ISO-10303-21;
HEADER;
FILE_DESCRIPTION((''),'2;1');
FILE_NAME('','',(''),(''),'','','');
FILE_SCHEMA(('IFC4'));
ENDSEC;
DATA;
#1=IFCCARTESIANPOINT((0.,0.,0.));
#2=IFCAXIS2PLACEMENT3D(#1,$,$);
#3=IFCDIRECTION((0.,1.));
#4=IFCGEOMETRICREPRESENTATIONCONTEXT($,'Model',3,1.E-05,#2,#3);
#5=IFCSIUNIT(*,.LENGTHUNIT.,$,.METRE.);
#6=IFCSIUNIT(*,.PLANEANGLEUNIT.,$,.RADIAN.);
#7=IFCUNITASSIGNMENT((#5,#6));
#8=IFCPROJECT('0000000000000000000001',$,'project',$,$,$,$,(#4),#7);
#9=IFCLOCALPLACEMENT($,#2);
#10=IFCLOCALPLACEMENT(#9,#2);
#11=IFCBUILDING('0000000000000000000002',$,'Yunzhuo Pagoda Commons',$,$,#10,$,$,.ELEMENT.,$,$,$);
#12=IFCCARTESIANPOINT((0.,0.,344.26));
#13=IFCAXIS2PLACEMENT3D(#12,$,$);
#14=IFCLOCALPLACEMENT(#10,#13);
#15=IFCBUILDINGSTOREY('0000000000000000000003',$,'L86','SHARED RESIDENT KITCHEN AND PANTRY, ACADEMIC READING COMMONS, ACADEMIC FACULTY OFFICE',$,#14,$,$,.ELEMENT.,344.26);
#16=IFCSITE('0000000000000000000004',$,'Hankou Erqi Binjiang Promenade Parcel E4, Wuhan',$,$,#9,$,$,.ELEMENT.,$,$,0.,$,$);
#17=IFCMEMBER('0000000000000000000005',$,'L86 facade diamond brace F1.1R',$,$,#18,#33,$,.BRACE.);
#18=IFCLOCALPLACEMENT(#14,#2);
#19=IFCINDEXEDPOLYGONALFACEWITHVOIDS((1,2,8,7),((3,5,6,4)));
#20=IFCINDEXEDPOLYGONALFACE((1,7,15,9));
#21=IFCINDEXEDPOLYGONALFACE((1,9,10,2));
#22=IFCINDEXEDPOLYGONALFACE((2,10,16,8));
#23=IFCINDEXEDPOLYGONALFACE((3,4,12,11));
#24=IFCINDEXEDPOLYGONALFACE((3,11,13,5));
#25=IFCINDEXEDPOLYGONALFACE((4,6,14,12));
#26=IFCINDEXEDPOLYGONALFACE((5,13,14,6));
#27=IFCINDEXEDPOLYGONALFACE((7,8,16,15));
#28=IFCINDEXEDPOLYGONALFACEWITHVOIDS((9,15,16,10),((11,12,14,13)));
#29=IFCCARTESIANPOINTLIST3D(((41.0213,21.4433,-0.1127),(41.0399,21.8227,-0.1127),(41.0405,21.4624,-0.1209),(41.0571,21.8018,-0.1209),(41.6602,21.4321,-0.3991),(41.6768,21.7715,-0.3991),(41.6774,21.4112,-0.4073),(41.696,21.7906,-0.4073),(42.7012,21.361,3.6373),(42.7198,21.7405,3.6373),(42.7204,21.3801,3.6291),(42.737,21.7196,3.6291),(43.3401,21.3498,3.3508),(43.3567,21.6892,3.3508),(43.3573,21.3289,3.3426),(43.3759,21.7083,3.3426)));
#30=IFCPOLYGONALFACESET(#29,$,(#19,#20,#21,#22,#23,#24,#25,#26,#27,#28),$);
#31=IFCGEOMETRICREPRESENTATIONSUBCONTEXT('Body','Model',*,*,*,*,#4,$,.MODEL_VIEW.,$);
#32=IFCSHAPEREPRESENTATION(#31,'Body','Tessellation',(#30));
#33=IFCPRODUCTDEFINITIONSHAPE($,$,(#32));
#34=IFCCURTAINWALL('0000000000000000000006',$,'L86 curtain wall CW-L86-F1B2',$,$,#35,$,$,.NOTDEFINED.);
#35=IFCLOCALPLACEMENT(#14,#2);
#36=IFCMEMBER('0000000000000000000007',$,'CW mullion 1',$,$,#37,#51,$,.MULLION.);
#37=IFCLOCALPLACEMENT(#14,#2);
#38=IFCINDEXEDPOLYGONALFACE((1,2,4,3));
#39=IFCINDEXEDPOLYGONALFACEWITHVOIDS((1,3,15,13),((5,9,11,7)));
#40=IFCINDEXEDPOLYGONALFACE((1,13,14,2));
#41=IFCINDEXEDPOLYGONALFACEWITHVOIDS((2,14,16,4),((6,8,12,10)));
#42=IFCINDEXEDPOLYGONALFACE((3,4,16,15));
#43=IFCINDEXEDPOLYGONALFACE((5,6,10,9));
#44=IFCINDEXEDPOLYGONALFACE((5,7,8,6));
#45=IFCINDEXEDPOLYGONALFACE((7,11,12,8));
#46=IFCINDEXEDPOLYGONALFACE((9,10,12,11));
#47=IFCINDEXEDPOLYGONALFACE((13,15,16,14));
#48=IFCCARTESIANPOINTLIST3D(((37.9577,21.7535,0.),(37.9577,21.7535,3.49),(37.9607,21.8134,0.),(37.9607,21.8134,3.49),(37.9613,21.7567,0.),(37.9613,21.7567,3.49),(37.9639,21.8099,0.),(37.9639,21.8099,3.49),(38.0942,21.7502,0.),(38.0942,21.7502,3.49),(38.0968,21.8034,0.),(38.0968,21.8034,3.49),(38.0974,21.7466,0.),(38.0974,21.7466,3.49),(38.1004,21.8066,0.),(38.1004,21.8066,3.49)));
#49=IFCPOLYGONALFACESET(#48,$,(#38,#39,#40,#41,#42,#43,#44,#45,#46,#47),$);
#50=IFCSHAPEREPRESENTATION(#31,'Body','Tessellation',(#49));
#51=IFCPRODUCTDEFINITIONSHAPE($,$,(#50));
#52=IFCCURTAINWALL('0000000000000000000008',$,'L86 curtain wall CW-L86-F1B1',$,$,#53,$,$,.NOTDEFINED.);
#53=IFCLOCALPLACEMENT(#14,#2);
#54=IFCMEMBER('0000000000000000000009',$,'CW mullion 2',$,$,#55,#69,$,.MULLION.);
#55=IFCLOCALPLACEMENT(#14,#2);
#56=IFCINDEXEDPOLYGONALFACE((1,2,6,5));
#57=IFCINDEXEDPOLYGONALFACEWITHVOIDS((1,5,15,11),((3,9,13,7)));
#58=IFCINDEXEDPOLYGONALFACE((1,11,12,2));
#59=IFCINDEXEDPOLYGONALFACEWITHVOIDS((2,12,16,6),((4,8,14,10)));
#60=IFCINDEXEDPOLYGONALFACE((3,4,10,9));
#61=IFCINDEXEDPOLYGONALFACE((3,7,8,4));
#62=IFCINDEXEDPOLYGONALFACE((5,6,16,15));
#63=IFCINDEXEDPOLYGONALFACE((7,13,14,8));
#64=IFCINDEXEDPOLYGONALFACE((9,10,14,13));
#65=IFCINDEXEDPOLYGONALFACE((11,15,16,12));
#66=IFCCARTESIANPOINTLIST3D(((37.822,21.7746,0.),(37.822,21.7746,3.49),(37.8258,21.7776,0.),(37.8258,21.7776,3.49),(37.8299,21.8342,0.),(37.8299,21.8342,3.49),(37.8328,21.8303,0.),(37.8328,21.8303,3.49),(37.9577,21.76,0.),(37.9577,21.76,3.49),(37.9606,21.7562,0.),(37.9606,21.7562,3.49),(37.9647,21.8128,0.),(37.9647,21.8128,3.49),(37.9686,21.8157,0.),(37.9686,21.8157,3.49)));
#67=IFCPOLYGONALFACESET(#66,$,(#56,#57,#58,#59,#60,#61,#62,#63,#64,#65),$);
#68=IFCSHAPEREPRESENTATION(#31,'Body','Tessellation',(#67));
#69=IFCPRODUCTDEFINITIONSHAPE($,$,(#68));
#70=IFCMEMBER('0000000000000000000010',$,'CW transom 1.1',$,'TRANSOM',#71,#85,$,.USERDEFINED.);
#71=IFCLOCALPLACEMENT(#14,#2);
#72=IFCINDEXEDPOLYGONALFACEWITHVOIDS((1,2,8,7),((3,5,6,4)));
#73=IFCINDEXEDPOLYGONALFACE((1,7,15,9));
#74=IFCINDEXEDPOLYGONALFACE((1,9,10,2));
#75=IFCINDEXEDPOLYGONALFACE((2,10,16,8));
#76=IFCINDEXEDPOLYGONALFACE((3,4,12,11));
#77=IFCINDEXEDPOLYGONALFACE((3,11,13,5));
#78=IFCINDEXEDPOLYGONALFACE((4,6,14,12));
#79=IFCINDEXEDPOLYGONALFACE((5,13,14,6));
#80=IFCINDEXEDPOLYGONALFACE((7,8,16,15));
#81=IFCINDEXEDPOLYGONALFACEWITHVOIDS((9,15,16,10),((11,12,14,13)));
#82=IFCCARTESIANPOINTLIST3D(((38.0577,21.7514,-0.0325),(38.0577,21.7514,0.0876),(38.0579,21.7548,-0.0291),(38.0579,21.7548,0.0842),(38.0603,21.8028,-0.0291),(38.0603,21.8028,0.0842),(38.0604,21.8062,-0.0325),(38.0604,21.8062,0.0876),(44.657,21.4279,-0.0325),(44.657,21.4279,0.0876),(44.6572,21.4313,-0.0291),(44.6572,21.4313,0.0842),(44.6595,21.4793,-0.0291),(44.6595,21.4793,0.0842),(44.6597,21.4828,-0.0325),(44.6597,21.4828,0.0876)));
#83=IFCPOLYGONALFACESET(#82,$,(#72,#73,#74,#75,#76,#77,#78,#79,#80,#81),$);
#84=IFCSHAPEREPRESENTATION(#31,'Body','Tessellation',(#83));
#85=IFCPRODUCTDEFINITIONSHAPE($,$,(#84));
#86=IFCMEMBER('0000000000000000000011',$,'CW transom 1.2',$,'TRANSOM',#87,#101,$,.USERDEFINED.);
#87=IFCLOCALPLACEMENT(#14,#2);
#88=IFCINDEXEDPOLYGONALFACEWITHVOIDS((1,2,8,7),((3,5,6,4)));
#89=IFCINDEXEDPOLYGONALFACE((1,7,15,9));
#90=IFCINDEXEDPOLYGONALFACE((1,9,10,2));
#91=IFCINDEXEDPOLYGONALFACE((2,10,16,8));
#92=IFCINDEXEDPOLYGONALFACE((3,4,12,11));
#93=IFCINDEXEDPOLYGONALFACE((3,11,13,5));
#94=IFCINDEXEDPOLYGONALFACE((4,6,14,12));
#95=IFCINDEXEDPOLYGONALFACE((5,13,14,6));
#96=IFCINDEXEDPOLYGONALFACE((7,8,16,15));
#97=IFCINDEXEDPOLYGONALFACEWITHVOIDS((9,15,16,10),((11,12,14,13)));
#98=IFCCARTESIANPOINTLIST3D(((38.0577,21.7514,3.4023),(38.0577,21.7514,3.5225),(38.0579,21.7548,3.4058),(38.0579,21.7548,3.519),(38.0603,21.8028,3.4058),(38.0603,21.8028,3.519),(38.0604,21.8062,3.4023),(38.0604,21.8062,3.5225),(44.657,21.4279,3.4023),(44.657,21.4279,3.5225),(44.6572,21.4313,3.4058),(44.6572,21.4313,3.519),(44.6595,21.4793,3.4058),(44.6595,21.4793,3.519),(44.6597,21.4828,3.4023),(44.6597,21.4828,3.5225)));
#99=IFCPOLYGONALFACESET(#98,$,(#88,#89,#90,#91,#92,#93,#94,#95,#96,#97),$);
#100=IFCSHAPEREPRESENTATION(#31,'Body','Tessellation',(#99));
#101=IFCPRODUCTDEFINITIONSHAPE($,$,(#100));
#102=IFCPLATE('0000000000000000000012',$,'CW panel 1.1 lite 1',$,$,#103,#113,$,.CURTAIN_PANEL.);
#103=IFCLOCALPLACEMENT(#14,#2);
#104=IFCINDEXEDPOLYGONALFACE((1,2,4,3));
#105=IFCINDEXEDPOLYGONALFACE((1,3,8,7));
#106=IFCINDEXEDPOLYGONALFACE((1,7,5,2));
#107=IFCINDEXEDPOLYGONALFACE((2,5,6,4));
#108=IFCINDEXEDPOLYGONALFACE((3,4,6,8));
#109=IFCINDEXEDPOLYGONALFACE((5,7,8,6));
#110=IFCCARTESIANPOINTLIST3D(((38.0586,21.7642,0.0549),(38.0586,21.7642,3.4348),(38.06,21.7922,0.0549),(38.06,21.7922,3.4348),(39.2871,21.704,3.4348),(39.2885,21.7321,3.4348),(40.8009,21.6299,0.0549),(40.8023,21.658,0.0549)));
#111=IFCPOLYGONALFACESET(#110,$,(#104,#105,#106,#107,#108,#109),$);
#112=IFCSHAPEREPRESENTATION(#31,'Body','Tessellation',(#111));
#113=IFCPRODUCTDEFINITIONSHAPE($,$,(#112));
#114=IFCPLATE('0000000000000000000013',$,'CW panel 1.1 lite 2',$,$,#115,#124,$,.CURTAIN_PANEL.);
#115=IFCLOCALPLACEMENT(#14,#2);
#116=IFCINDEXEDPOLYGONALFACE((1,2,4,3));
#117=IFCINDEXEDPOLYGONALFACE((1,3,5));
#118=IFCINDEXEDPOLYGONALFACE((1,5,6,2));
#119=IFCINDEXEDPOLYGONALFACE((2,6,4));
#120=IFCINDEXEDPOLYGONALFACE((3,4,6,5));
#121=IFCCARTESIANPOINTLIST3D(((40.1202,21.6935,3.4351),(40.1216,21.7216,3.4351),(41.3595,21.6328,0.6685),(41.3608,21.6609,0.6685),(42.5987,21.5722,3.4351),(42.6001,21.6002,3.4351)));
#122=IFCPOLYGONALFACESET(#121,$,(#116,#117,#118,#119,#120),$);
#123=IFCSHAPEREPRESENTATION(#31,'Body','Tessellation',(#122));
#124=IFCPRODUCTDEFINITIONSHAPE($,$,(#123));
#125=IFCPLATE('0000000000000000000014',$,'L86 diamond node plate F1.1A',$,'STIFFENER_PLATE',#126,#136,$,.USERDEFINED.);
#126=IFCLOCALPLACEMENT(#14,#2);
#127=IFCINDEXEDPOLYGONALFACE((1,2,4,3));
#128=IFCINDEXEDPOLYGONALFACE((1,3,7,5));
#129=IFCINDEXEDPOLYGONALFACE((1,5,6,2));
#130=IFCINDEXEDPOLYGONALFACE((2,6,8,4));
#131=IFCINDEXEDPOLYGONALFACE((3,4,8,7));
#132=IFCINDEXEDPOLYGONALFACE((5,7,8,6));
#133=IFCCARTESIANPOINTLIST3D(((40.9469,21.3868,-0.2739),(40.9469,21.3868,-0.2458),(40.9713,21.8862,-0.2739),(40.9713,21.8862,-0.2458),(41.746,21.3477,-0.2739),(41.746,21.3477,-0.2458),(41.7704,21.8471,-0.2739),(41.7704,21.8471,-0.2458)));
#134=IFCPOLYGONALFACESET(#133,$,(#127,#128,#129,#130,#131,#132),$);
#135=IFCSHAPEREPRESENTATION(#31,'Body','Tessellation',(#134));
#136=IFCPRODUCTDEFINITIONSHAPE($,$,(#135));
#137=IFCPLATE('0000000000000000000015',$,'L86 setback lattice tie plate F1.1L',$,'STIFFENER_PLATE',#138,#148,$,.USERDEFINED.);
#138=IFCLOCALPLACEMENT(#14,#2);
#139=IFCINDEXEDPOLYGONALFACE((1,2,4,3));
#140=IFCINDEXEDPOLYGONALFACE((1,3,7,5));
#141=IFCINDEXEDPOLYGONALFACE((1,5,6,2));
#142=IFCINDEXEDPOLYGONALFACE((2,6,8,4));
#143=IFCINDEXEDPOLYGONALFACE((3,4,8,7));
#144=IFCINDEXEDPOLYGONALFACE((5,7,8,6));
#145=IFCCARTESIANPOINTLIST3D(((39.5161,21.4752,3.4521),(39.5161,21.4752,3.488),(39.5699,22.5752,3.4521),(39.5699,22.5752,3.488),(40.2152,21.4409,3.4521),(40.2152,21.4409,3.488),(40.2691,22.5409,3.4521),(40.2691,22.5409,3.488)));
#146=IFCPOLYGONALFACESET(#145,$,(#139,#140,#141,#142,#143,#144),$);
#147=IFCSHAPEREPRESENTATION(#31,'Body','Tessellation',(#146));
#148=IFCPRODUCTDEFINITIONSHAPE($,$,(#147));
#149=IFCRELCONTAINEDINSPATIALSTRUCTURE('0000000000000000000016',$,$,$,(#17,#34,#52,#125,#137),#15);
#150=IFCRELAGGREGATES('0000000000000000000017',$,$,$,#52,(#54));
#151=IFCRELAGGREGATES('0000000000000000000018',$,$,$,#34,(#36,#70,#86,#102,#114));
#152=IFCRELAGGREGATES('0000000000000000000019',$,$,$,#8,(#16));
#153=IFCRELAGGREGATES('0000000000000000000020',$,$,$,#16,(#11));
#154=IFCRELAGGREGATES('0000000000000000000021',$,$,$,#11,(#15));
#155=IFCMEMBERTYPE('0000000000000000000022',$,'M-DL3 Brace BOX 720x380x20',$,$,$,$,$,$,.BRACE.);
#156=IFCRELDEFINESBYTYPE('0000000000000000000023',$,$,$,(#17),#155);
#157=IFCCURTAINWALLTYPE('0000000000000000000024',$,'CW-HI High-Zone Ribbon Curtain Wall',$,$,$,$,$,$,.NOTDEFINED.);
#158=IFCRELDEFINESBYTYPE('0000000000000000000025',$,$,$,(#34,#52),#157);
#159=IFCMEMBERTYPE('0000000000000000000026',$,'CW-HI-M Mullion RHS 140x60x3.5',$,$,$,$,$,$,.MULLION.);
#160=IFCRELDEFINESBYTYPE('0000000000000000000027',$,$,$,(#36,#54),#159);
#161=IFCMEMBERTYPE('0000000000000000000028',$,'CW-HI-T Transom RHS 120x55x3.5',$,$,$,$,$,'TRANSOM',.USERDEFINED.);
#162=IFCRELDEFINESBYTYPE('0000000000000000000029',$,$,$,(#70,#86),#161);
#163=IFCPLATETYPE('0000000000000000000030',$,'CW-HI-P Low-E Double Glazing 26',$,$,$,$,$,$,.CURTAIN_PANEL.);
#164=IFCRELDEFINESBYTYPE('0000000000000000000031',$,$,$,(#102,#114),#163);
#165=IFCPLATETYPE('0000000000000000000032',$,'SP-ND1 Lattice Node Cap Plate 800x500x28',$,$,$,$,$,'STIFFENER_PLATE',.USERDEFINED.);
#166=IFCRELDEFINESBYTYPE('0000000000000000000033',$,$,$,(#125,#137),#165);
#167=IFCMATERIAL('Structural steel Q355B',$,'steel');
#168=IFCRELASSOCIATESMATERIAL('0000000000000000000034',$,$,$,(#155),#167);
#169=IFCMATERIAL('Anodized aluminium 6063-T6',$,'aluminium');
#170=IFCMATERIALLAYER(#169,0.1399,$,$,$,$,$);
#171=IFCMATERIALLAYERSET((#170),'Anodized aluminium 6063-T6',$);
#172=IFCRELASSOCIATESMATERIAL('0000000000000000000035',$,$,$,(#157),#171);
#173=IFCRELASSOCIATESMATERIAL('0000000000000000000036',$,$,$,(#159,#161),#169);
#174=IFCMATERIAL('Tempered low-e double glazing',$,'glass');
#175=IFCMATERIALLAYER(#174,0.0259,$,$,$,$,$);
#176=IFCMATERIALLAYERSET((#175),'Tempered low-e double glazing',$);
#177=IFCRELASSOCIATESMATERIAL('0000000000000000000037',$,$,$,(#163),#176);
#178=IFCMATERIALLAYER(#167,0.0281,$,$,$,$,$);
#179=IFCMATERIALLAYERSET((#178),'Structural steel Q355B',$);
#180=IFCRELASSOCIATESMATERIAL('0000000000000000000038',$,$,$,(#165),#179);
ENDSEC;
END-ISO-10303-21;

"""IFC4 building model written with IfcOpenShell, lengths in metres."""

from ifc_helpers import new_model, si_unit, direction, frame, origin, origin_2d, place, context, subcontext, project, spatial, polyline, rectangle, hollow_rectangle, outline, extrude, source, transform, mapped, material, layer, layer_set, material_profile, profile_set, type_object, element, aggregate, save


model = new_model("IFC4")

# Units and contexts
model_context = context("Model", 3, precision=1e-05, world=origin(), true_north=direction((0.0, 1.0)))
body_context = subcontext(model_context, "Body", "Model", "MODEL_VIEW")
ifc_project = project(units=[si_unit("LENGTHUNIT", "METRE"), si_unit("PLANEANGLEUNIT", "RADIAN")], contexts=[model_context])

# Site, building, storey
site_placement = place(None, origin())
site = spatial("IfcSite", under=ifc_project, at=site_placement, Name="Hankou Erqi Binjiang Promenade Parcel E4, Wuhan", CompositionType="ELEMENT", RefElevation=0.0)
building_placement = place(site_placement, origin())
building = spatial("IfcBuilding", under=site, at=building_placement, Name="Yunzhuo Pagoda Commons", CompositionType="ELEMENT")
storey_placement = place(building_placement, frame((0.0, 0.0, 344.26)))
storey = spatial("IfcBuildingStorey", under=building, at=storey_placement, Name="L86", Description="SHARED RESIDENT KITCHEN AND PANTRY, ACADEMIC READING COMMONS, ACADEMIC FACULTY OFFICE", CompositionType="ELEMENT", Elevation=344.26)

# Shared definitions
ifc_material_1 = material(Name="Structural steel Q355B", Category="steel")

# Member
ifc_material_profile_1 = material_profile(ifc_material_1, hollow_rectangle(XDim=0.3799, YDim=0.72, WallThickness=0.02, at=origin_2d()), Name="Structural steel Q355B")
ifc_profile_set_1 = profile_set([ifc_material_profile_1], Name="Structural steel Q355B")
member_type_1 = type_object("IfcMemberType", Name="M-DL3 Brace BOX 720x380x20", PredefinedType="BRACE", material=ifc_profile_set_1)
shared_shape_1 = source(origin(), body_context, "Body", "SweptSolid", [
    extrude(hollow_rectangle(XDim=0.3799, YDim=0.72, WallThickness=0.02, at=origin_2d()), origin(), (0.0, 0.0, 1.0), 4.1099),
])
for number, where, z_axis, x_axis, name in (
    (1, (41.3586, 21.6169, -0.26), (0.40875, -0.020019, 0.912427), (0.048917, 0.998803, 0.0), "L86 facade diamond brace F1.1R"),
):
    element("IfcMember", number, at=place(storey_placement, frame(where, z_axis=z_axis, x_axis=x_axis)), inside=storey, type_object=member_type_1, Name=name, PredefinedType="BRACE", context=body_context, shape_type="MappedRepresentation", body=[
        mapped(shared_shape_1, transform((0.0, 0.0, 0.0), scale=1.0)),
    ])

# Curtain walls, members
ifc_material_2 = material(Name="Anodized aluminium 6063-T6", Category="aluminium")
ifc_layer_1 = layer(ifc_material_2, 0.1399)
ifc_layer_set_1 = layer_set([ifc_layer_1], Name="Anodized aluminium 6063-T6")
curtain_wall_type = type_object("IfcCurtainWallType", Name="CW-HI High-Zone Ribbon Curtain Wall", PredefinedType="NOTDEFINED", material=ifc_layer_set_1)
curtain_wall_1_placement = place(storey_placement, origin())
curtain_wall_1 = element("IfcCurtainWall", 2, at=curtain_wall_1_placement, inside=storey, type_object=curtain_wall_type, Name="L86 curtain wall CW-L86-F1B2", PredefinedType="NOTDEFINED")
ifc_material_profile_2 = material_profile(ifc_material_2, hollow_rectangle(XDim=0.0601, YDim=0.1399, WallThickness=0.0034, at=origin_2d()), Name="Anodized aluminium 6063-T6")
ifc_profile_set_2 = profile_set([ifc_material_profile_2], Name="Anodized aluminium 6063-T6")
member_type_2 = type_object("IfcMemberType", Name="CW-HI-M Mullion RHS 140x60x3.5", PredefinedType="MULLION", material=ifc_profile_set_2)
shared_shape_2 = source(origin(), body_context, "Body", "SweptSolid", [
    extrude(hollow_rectangle(XDim=0.0601, YDim=0.1399, WallThickness=0.0034, at=origin_2d()), origin(), (0.0, 0.0, 1.0), 3.49),
])
member_1_placement = place(storey_placement, frame((38.0291, 21.78, 0.0), z_axis=(0.0, 0.0, 1.0), x_axis=(0.048906, 0.998803, 0.0)))
member_1 = element("IfcMember", 3, at=member_1_placement, type_object=member_type_2, Name="CW mullion 1", PredefinedType="MULLION", context=body_context, shape_type="MappedRepresentation", body=[
    mapped(shared_shape_2, transform((0.0, 0.0, 0.0), scale=1.0)),
])
curtain_wall_2_placement = place(storey_placement, origin())
curtain_wall_2 = element("IfcCurtainWall", 4, at=curtain_wall_2_placement, inside=storey, type_object=curtain_wall_type, Name="L86 curtain wall CW-L86-F1B1", PredefinedType="NOTDEFINED")
member_2_placement = place(storey_placement, frame((37.8953, 21.7952, 0.0), z_axis=(0.0, 0.0, 1.0), x_axis=(0.132069, 0.991241, 0.0)))
member_2 = element("IfcMember", 5, at=member_2_placement, type_object=member_type_2, Name="CW mullion 2", PredefinedType="MULLION", context=body_context, shape_type="MappedRepresentation", body=[
    mapped(shared_shape_2, transform((0.0, 0.0, 0.0), scale=1.0)),
])
aggregate(curtain_wall_2, [member_2])

# Members
ifc_material_profile_3 = material_profile(ifc_material_2, hollow_rectangle(XDim=0.0549, YDim=0.1201, WallThickness=0.0034, at=origin_2d()), Name="Anodized aluminium 6063-T6")
ifc_profile_set_3 = profile_set([ifc_material_profile_3], Name="Anodized aluminium 6063-T6")
member_type_3 = type_object("IfcMemberType", Name="CW-HI-T Transom RHS 120x55x3.5", ElementType="TRANSOM", PredefinedType="USERDEFINED", material=ifc_profile_set_3)
shared_shape_3 = source(origin(), body_context, "Body", "SweptSolid", [
    extrude(hollow_rectangle(XDim=0.0549, YDim=0.1201, WallThickness=0.0034, at=origin_2d()), origin(), (0.0, 0.0, 1.0), 6.6072),
])
member_3_placement = place(storey_placement, frame((38.0591, 21.7788, 0.0276), z_axis=(0.998801, -0.048959, 0.0), x_axis=(0.048959, 0.998801, 0.0)))
member_3 = element("IfcMember", 6, at=member_3_placement, type_object=member_type_3, Name="CW transom 1.1", ObjectType="TRANSOM", PredefinedType="USERDEFINED", context=body_context, shape_type="MappedRepresentation", body=[
    mapped(shared_shape_3, transform((0.0, 0.0, 0.0), scale=1.0)),
])
member_4_placement = place(storey_placement, frame((38.0591, 21.7788, 3.4624), z_axis=(0.998801, -0.048959, 0.0), x_axis=(0.048959, 0.998801, 0.0)))
member_4 = element("IfcMember", 7, at=member_4_placement, type_object=member_type_3, Name="CW transom 1.2", ObjectType="TRANSOM", PredefinedType="USERDEFINED", context=body_context, shape_type="MappedRepresentation", body=[
    mapped(shared_shape_3, transform((0.0, 0.0, 0.0), scale=1.0)),
])

# Plates
ifc_material_3 = material(Name="Tempered low-e double glazing", Category="glass")
ifc_layer_2 = layer(ifc_material_3, 0.0259)
ifc_layer_set_2 = layer_set([ifc_layer_2], Name="Tempered low-e double glazing")
plate_type_1 = type_object("IfcPlateType", Name="CW-HI-P Low-E Double Glazing 26", PredefinedType="CURTAIN_PANEL", material=ifc_layer_set_2)
plate_1_placement = place(storey_placement, frame((39.4312, 21.7251, 1.7449), z_axis=(-0.048906, -0.998803, 0.0), x_axis=(0.998803, -0.048906, 0.0)))
plate_1 = element("IfcPlate", 8, at=plate_1_placement, type_object=plate_type_1, Name="CW panel 1.1 lite 1", PredefinedType="CURTAIN_PANEL", context=body_context, shape_type="SweptSolid", body=[
    extrude(outline(polyline([(-1.3728, -1.6899), (1.3728, -1.6899), (-0.1428, 1.6899), (-1.3728, 1.6899), (-1.3728, -1.6899)])), origin(), (0.0, 0.0, 1.0), 0.0281),
])
plate_2_placement = place(storey_placement, frame((41.3608, 21.6609, 2.0518), z_axis=(-0.048906, -0.998803, 0.0), x_axis=(0.998803, -0.048906, 0.0)))
plate_2 = element("IfcPlate", 9, at=plate_2_placement, type_object=plate_type_1, Name="CW panel 1.1 lite 2", PredefinedType="CURTAIN_PANEL", context=body_context, shape_type="SweptSolid", body=[
    extrude(outline(polyline([(-1.2407, 1.3833), (0.0, -1.3833), (1.2407, 1.3833), (-1.2407, 1.3833)])), origin(), (0.0, 0.0, 1.0), 0.0281),
])
aggregate(curtain_wall_1, [member_1, member_3, member_4, plate_1, plate_2])

# Plates
ifc_layer_3 = layer(ifc_material_1, 0.0281)
ifc_layer_set_3 = layer_set([ifc_layer_3], Name="Structural steel Q355B")
plate_type_2 = type_object("IfcPlateType", Name="SP-ND1 Lattice Node Cap Plate 800x500x28", ElementType="STIFFENER_PLATE", PredefinedType="USERDEFINED", material=ifc_layer_set_3)
shared_shape_4 = source(origin(), body_context, "Body", "SweptSolid", [
    extrude(rectangle(XDim=0.8, YDim=0.5, at=origin_2d()), origin(), (0.0, 0.0, 1.0), 0.0281),
])
plate_3_placement = place(storey_placement, frame((41.3586, 21.6169, -0.2739), z_axis=(0.0, 0.0, 1.0), x_axis=(0.998804, -0.048902, 0.0)))
element("IfcPlate", 10, at=plate_3_placement, inside=storey, type_object=plate_type_2, Name="L86 diamond node plate F1.1A", ObjectType="STIFFENER_PLATE", PredefinedType="USERDEFINED", context=body_context, shape_type="MappedRepresentation", body=[
    mapped(shared_shape_4, transform((0.0, 0.0, 0.0), scale=1.0)),
])
shared_shape_5 = source(origin(), body_context, "Body", "SweptSolid", [
    extrude(rectangle(XDim=0.7, YDim=1.1013, at=origin_2d()), origin(), (0.0, 0.0, 1.0), 0.0359),
])
plate_4_placement = place(storey_placement, frame((39.8926, 22.0081, 3.4521), z_axis=(0.0, 0.0, 1.0), x_axis=(0.998804, -0.048902, 0.0)))
element("IfcPlate", 11, at=plate_4_placement, inside=storey, type_object=plate_type_2, Name="L86 setback lattice tie plate F1.1L", ObjectType="STIFFENER_PLATE", PredefinedType="USERDEFINED", context=body_context, shape_type="MappedRepresentation", body=[
    mapped(shared_shape_5, transform((0.0, 0.0, 0.0), scale=1.0)),
])

save(model, "model.ifc")
